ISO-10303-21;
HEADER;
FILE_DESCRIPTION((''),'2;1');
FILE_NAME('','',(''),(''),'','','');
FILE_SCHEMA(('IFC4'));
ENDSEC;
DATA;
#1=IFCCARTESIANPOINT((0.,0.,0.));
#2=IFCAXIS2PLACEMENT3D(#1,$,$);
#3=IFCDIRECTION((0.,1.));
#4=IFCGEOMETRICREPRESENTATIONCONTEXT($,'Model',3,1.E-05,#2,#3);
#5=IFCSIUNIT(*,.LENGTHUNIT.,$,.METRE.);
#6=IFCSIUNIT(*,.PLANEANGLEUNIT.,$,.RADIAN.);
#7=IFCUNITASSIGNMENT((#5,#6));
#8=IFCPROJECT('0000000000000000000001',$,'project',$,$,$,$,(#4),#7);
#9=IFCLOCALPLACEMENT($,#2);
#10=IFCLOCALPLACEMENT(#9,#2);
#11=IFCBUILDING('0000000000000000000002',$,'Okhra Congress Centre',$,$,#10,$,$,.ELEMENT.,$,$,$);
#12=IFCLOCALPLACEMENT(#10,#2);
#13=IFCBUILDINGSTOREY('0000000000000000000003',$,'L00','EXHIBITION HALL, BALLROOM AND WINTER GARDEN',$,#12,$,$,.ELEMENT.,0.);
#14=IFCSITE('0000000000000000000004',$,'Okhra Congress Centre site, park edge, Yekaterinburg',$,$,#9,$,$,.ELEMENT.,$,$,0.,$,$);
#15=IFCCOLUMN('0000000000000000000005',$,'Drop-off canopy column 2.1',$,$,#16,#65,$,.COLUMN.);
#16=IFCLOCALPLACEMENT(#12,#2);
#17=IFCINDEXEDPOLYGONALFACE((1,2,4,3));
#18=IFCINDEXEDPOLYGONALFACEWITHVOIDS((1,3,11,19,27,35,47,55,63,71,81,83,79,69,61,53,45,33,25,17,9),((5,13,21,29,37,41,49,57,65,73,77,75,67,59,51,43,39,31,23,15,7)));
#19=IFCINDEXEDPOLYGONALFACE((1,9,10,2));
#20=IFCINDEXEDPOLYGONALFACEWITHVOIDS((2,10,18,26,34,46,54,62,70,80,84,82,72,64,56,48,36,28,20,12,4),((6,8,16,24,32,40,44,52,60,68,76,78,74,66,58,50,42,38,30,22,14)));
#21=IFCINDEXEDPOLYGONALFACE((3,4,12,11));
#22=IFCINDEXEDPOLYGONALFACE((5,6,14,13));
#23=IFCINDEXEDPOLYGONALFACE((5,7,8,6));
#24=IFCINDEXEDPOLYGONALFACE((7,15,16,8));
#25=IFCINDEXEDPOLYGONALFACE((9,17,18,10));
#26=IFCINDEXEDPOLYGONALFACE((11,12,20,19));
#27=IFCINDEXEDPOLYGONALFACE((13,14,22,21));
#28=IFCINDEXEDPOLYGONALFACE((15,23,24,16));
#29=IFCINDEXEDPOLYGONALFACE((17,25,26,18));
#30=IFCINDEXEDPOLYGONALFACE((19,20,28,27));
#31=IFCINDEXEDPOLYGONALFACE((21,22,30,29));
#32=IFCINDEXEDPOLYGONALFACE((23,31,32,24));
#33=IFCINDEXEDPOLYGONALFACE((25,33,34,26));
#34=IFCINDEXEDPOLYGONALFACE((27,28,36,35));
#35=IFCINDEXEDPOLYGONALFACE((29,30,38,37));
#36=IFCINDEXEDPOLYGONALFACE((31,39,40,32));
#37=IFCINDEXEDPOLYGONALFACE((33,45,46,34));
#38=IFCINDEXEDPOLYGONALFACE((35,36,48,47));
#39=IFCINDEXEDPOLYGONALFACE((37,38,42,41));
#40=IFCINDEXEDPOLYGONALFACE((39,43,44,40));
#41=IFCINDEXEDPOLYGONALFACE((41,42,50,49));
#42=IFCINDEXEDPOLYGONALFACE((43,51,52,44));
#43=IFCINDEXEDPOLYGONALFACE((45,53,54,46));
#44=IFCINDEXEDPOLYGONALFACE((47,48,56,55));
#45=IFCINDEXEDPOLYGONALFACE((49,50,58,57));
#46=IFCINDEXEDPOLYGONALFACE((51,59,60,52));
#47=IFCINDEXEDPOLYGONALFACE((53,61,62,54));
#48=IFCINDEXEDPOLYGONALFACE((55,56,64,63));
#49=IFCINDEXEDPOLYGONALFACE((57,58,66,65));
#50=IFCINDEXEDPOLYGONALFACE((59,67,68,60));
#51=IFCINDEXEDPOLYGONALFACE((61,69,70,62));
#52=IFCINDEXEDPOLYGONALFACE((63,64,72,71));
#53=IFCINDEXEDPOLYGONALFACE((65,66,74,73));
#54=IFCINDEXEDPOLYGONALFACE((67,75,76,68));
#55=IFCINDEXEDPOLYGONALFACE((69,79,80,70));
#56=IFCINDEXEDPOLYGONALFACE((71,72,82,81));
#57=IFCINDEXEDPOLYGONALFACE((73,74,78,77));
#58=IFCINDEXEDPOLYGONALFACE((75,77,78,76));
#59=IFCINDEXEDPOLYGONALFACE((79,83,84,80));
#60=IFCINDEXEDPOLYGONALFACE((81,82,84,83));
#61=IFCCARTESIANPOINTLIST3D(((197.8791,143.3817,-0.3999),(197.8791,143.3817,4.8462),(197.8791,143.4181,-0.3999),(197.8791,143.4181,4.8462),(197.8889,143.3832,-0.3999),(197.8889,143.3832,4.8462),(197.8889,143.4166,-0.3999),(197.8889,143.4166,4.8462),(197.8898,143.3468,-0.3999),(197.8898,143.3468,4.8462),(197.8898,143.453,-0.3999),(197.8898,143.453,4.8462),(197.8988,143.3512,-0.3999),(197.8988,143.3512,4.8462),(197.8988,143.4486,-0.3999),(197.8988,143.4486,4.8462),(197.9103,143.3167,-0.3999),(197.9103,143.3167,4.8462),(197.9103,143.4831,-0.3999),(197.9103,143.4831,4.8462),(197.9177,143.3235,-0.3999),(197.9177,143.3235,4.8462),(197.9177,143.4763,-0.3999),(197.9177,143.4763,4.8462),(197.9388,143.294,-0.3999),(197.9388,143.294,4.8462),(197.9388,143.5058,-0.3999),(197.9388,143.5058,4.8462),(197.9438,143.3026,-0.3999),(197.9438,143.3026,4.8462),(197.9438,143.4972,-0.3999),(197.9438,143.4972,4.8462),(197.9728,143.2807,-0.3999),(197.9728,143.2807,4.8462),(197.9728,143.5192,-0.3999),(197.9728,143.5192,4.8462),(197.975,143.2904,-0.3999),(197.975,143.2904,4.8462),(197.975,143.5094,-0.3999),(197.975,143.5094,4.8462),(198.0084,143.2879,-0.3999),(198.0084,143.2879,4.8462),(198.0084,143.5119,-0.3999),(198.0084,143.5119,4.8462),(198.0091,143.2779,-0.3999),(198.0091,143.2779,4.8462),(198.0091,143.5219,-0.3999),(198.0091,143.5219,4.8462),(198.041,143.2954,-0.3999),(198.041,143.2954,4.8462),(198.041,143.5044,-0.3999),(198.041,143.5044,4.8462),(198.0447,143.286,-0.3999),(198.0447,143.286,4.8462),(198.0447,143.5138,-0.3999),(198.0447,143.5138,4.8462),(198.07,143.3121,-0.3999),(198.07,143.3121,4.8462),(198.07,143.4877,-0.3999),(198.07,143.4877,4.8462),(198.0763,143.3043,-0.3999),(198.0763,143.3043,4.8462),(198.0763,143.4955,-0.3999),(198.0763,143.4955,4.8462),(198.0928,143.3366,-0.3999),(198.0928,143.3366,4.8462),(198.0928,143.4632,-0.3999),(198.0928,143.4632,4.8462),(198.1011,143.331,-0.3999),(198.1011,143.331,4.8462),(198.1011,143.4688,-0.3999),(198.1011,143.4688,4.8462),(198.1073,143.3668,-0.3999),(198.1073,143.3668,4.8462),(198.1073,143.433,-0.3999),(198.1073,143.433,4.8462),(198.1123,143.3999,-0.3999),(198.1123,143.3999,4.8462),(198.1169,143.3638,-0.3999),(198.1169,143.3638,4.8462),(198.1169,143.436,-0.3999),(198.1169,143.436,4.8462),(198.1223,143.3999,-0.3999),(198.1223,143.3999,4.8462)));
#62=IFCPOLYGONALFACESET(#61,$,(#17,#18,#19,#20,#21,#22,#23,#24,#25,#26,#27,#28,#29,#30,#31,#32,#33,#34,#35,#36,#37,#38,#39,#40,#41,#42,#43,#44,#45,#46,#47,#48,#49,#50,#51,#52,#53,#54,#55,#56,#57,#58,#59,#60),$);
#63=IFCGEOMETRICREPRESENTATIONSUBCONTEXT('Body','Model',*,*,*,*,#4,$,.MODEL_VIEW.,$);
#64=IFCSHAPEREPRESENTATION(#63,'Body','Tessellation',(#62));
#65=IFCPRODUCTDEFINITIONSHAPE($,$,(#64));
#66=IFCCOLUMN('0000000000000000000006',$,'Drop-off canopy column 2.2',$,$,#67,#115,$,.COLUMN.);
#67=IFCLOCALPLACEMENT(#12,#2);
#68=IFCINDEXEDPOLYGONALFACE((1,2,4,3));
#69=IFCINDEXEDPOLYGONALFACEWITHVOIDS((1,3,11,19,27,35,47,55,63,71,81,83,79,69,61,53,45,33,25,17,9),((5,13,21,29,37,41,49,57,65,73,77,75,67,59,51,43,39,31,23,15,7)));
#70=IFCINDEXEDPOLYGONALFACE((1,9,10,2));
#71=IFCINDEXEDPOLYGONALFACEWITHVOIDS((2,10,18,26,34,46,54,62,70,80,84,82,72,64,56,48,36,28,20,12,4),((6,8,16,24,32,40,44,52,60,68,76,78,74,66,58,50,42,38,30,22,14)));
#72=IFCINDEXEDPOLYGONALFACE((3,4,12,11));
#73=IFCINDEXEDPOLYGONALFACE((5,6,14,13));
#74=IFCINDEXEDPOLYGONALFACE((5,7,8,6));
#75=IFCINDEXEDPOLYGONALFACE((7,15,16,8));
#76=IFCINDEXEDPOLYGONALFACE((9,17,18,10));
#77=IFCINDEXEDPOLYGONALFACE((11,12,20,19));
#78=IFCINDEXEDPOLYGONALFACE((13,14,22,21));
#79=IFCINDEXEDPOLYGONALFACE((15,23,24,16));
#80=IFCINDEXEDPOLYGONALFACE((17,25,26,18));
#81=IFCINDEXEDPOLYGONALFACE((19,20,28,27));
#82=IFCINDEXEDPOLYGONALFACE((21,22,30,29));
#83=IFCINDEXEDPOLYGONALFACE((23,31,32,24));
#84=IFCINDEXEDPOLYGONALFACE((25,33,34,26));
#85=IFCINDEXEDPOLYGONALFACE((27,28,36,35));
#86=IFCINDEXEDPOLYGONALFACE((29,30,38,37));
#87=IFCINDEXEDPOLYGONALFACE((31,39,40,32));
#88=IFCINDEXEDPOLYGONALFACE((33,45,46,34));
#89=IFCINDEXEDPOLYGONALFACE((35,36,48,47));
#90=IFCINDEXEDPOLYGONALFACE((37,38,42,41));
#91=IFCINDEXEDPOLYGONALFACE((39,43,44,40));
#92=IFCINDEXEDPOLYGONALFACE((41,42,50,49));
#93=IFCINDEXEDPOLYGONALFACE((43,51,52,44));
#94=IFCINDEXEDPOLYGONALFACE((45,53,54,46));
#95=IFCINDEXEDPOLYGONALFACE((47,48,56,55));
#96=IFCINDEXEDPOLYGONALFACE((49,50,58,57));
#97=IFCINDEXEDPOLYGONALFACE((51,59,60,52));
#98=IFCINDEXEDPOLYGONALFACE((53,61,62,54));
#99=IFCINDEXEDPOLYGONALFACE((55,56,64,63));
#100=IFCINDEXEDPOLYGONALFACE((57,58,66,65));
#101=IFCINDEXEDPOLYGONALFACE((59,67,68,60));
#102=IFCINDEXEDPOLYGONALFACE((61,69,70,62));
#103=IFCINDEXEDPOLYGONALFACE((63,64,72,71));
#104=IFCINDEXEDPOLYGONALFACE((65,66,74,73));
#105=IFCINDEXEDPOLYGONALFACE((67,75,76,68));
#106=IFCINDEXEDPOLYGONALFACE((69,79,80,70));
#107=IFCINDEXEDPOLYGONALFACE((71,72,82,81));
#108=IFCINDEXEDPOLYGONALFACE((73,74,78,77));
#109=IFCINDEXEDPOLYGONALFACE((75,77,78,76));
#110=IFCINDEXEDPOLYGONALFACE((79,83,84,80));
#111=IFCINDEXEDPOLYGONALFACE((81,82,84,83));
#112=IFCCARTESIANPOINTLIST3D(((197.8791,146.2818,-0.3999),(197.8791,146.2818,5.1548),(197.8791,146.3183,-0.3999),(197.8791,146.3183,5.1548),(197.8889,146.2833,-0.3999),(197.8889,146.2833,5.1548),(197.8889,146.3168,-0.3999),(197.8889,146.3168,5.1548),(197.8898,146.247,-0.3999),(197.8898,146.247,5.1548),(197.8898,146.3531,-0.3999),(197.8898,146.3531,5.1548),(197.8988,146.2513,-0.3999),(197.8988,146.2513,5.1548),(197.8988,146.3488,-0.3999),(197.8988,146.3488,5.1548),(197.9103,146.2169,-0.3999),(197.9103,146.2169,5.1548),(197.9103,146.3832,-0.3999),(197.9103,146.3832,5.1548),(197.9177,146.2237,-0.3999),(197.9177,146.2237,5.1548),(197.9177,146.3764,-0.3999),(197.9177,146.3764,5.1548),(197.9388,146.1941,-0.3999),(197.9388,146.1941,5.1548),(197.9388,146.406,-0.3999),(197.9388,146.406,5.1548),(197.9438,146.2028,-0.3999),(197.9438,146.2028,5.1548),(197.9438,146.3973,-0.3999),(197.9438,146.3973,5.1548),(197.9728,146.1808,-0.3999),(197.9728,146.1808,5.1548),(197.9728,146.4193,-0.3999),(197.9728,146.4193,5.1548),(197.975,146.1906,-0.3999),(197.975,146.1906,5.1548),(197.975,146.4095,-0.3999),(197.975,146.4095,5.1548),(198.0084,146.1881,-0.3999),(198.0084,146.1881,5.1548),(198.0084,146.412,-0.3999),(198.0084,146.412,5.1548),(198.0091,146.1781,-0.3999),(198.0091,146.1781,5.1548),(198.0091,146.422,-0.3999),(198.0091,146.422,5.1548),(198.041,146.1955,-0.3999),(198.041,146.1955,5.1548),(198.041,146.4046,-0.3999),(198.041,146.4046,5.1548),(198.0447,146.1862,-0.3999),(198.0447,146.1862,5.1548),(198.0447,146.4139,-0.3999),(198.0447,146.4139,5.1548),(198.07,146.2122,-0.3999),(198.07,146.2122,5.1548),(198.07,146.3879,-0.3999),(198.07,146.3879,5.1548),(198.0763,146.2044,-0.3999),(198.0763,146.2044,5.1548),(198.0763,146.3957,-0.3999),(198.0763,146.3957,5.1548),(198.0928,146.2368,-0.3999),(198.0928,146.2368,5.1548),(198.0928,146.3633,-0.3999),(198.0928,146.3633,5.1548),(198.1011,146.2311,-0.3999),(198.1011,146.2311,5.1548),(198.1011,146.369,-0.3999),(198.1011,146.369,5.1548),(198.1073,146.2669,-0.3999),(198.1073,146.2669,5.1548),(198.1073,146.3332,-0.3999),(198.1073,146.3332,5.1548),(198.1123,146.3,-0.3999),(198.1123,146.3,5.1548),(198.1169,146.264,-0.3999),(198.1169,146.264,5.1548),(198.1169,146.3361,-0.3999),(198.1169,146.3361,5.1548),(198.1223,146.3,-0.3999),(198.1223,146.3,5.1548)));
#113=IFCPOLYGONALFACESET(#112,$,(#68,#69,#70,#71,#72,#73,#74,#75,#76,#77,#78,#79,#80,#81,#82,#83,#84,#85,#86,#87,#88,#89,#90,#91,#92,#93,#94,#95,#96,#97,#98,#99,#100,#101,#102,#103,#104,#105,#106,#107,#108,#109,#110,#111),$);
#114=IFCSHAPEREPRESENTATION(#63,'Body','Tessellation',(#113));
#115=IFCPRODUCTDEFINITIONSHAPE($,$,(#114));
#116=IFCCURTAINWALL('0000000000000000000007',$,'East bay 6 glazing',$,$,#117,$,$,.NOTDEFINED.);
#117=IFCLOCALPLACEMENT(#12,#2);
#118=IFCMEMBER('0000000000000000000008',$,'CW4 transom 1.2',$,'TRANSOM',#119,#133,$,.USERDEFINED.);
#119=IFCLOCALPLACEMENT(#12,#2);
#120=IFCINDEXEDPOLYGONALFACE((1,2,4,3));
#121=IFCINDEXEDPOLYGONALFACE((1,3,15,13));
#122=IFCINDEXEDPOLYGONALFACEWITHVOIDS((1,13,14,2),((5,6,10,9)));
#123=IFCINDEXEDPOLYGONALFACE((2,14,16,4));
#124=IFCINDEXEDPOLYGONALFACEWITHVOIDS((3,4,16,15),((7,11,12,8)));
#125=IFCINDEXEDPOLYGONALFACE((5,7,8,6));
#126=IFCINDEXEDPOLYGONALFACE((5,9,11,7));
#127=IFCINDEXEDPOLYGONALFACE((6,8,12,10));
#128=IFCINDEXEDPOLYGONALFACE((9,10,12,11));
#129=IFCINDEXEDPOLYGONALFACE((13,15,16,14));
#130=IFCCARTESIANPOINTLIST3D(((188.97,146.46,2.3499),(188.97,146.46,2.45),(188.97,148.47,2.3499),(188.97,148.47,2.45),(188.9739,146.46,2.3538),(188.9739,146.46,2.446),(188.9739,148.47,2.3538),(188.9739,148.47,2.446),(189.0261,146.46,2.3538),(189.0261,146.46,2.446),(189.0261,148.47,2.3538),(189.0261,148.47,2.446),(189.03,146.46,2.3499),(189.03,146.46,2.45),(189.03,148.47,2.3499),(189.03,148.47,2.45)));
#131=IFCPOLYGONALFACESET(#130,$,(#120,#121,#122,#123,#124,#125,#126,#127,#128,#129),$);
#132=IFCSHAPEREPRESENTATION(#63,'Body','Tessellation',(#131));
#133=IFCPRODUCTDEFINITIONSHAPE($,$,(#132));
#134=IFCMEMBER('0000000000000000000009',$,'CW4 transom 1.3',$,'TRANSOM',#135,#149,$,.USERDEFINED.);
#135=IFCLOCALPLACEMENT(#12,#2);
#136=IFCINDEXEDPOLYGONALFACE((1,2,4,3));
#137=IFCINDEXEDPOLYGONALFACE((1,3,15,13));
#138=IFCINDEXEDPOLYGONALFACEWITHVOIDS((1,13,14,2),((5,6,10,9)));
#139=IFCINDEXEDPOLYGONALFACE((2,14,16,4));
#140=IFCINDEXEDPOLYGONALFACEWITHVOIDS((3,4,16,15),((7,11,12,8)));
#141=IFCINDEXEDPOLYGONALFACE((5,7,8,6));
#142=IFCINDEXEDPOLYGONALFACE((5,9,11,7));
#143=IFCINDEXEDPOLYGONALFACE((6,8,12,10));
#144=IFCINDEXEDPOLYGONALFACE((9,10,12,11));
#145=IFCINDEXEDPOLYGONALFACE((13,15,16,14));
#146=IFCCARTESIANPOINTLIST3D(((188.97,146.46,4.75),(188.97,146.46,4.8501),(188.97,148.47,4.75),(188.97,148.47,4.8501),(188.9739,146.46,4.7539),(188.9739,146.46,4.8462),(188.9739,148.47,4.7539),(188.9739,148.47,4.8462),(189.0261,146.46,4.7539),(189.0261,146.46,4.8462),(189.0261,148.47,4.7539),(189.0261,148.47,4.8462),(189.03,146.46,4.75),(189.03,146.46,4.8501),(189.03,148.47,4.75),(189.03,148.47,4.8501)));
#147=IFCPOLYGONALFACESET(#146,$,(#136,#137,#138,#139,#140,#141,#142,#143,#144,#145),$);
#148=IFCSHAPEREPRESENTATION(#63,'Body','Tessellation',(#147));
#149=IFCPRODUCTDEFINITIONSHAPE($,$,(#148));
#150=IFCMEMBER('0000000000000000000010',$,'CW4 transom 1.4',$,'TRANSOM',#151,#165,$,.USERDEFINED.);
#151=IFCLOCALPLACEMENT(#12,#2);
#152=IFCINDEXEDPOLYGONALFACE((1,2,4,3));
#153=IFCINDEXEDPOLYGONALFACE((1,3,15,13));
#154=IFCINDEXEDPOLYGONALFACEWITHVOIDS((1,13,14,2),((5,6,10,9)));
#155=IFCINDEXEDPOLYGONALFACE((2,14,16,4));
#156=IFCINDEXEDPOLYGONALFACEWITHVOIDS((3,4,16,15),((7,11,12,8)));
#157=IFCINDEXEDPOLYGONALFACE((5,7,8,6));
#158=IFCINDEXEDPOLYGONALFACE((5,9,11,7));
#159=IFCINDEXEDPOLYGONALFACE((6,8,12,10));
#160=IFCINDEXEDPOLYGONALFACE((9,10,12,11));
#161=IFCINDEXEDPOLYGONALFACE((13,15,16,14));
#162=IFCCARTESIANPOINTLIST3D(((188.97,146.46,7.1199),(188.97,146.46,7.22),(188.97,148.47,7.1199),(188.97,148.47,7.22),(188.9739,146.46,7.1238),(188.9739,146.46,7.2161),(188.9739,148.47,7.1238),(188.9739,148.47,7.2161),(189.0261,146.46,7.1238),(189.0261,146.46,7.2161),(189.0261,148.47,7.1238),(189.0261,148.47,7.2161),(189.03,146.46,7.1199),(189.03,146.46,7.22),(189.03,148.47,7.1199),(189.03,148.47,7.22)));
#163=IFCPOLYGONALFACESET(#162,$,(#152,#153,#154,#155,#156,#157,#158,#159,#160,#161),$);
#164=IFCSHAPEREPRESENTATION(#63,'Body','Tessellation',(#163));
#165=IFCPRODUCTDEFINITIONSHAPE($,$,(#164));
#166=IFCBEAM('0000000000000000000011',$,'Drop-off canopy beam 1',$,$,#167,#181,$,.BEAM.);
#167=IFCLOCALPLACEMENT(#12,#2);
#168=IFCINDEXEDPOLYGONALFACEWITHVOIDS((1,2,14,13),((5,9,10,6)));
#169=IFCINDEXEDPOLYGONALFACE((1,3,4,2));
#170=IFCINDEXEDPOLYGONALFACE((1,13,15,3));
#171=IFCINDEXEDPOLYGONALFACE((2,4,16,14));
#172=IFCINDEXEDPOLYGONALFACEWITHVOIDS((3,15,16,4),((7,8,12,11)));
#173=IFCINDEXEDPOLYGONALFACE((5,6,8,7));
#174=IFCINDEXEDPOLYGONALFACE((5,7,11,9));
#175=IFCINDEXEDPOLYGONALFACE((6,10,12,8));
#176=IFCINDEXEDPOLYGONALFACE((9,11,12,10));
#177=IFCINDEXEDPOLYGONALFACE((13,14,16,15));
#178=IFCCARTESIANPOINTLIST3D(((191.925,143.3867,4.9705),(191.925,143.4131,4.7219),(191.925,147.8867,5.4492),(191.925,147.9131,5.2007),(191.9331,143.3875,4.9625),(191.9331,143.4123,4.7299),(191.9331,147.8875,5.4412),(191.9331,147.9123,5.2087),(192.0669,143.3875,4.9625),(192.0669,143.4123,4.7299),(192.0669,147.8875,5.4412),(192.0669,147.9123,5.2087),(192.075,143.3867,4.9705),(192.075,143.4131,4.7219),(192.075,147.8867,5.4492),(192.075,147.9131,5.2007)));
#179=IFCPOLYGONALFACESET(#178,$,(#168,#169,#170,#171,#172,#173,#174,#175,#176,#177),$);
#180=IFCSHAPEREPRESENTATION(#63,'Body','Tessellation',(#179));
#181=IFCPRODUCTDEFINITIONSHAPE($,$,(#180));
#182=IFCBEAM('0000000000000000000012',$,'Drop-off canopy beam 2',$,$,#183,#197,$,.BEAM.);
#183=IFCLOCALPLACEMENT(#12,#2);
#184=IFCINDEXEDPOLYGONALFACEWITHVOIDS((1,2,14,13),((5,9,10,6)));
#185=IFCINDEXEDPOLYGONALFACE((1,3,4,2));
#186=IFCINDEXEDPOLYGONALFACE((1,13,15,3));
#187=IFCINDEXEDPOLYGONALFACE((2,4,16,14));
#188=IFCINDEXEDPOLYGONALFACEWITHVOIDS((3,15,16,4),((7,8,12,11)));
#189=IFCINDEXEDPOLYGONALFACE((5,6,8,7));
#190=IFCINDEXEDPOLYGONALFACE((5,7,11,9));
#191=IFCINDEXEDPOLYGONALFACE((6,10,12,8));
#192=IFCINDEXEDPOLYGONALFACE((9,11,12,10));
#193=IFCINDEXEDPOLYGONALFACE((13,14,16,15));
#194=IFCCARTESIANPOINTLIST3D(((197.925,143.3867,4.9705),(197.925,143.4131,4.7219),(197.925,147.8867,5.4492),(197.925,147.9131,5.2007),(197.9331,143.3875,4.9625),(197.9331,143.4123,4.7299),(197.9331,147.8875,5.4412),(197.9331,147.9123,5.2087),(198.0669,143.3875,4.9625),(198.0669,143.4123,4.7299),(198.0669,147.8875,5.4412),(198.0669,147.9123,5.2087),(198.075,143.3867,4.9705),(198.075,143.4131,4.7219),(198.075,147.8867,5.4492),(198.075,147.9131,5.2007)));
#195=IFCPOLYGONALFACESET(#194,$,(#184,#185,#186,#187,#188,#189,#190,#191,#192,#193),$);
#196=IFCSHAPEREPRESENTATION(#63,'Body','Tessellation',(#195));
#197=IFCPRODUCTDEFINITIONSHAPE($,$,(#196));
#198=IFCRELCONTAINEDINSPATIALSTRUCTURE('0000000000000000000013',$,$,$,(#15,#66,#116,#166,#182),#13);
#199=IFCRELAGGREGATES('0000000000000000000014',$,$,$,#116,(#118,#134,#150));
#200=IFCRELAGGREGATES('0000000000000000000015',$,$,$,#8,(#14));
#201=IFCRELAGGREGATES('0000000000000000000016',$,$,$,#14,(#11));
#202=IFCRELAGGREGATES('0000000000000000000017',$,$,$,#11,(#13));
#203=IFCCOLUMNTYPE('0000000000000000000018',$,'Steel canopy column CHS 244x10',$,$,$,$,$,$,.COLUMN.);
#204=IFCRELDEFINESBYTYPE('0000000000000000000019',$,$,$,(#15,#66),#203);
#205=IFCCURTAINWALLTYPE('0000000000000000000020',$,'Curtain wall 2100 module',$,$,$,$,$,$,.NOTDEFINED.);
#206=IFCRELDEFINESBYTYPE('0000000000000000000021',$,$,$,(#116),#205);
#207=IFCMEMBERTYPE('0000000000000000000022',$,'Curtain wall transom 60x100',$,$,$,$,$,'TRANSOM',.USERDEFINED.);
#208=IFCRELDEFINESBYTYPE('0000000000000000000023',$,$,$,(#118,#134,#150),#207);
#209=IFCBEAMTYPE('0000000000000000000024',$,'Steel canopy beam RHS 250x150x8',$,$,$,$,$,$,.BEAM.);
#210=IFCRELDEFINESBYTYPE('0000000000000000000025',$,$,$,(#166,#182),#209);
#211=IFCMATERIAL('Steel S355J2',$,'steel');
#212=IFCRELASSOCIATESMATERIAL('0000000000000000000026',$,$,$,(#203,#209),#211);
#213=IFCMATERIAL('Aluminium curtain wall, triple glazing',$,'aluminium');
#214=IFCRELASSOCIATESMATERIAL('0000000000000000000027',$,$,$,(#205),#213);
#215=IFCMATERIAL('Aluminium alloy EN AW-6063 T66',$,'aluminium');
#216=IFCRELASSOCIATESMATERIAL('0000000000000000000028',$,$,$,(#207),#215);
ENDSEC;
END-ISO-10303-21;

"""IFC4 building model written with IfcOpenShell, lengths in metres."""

from ifc_helpers import new_model, si_unit, direction, frame, origin, origin_2d, place, context, subcontext, project, spatial, hollow_rectangle, hollow_circle, extrude, material, material_profile, profile_set, type_object, element, aggregate, save


model = new_model("IFC4")

# Units and contexts
model_context = context("Model", 3, precision=1e-05, world=origin(), true_north=direction((0.0, 1.0)))
body_context = subcontext(model_context, "Body", "Model", "MODEL_VIEW")
ifc_project = project(units=[si_unit("LENGTHUNIT", "METRE"), si_unit("PLANEANGLEUNIT", "RADIAN")], contexts=[model_context])

# Site, building, storey
site_placement = place(None, origin())
site = spatial("IfcSite", under=ifc_project, at=site_placement, Name="Okhra Congress Centre site, park edge, Yekaterinburg", CompositionType="ELEMENT", RefElevation=0.0)
building_placement = place(site_placement, origin())
building = spatial("IfcBuilding", under=site, at=building_placement, Name="Okhra Congress Centre", CompositionType="ELEMENT")
storey_placement = place(building_placement, origin())
storey = spatial("IfcBuildingStorey", under=building, at=storey_placement, Name="L00", Description="EXHIBITION HALL, BALLROOM AND WINTER GARDEN", CompositionType="ELEMENT", Elevation=0.0)

# Columns
ifc_material_1 = material(Name="Steel S355J2", Category="steel")
ifc_material_profile_1 = material_profile(ifc_material_1, hollow_circle(Radius=0.1223, WallThickness=0.01, at=origin_2d()), Name="CHS 244.5x10")
ifc_profile_set_1 = profile_set([ifc_material_profile_1], Name="Steel S355J2")
column_type = type_object("IfcColumnType", Name="Steel canopy column CHS 244x10", PredefinedType="COLUMN", material=ifc_profile_set_1)
column_1_placement = place(storey_placement, frame((198.0, 143.3999, -0.3999), z_axis=(0.0, 0.0, 1.0), x_axis=(1.0, 0.0, 0.0)))
element("IfcColumn", 1, at=column_1_placement, inside=storey, type_object=column_type, Name="Drop-off canopy column 2.1", PredefinedType="COLUMN", context=body_context, shape_type="SweptSolid", body=[
    extrude(hollow_circle(Radius=0.1223, WallThickness=0.01, at=origin_2d()), origin(), (0.0, 0.0, 1.0), 5.2461),
])
column_2_placement = place(storey_placement, frame((198.0, 146.3, -0.3999), z_axis=(0.0, 0.0, 1.0), x_axis=(1.0, 0.0, 0.0)))
element("IfcColumn", 2, at=column_2_placement, inside=storey, type_object=column_type, Name="Drop-off canopy column 2.2", PredefinedType="COLUMN", context=body_context, shape_type="SweptSolid", body=[
    extrude(hollow_circle(Radius=0.1223, WallThickness=0.01, at=origin_2d()), origin(), (0.0, 0.0, 1.0), 5.5547),
])

# Curtain wall, members
ifc_material_2 = material(Name="Aluminium curtain wall, triple glazing", Category="aluminium")
curtain_wall_type = type_object("IfcCurtainWallType", Name="Curtain wall 2100 module", PredefinedType="NOTDEFINED", material=ifc_material_2)
curtain_wall_placement = place(storey_placement, origin())
curtain_wall = element("IfcCurtainWall", 3, at=curtain_wall_placement, inside=storey, type_object=curtain_wall_type, Name="East bay 6 glazing", PredefinedType="NOTDEFINED")
ifc_material_3 = material(Name="Aluminium alloy EN AW-6063 T66", Category="aluminium")
ifc_material_profile_2 = material_profile(ifc_material_3, hollow_rectangle(XDim=0.0601, YDim=0.1001, WallThickness=0.0039, at=origin_2d()), Name="RHS 60x100x4")
ifc_profile_set_2 = profile_set([ifc_material_profile_2], Name="Aluminium alloy EN AW-6063 T66")
member_type = type_object("IfcMemberType", Name="Curtain wall transom 60x100", ElementType="TRANSOM", PredefinedType="USERDEFINED", material=ifc_profile_set_2)
member_1_placement = place(storey_placement, frame((189.0, 146.46, 2.3999), z_axis=(0.0, 1.0, 0.0), x_axis=(-1.0, 0.0, 0.0)))
member_1 = element("IfcMember", 4, at=member_1_placement, type_object=member_type, Name="CW4 transom 1.2", ObjectType="TRANSOM", PredefinedType="USERDEFINED", context=body_context, shape_type="SweptSolid", body=[
    extrude(hollow_rectangle(XDim=0.0601, YDim=0.1001, WallThickness=0.0039, at=origin_2d()), origin(), (0.0, 0.0, 1.0), 2.01),
])
member_2_placement = place(storey_placement, frame((189.0, 146.46, 4.8), z_axis=(0.0, 1.0, 0.0), x_axis=(-1.0, 0.0, 0.0)))
member_2 = element("IfcMember", 5, at=member_2_placement, type_object=member_type, Name="CW4 transom 1.3", ObjectType="TRANSOM", PredefinedType="USERDEFINED", context=body_context, shape_type="SweptSolid", body=[
    extrude(hollow_rectangle(XDim=0.0601, YDim=0.1001, WallThickness=0.0039, at=origin_2d()), origin(), (0.0, 0.0, 1.0), 2.01),
])
member_3_placement = place(storey_placement, frame((189.0, 146.46, 7.1699), z_axis=(0.0, 1.0, 0.0), x_axis=(-1.0, 0.0, 0.0)))
member_3 = element("IfcMember", 6, at=member_3_placement, type_object=member_type, Name="CW4 transom 1.4", ObjectType="TRANSOM", PredefinedType="USERDEFINED", context=body_context, shape_type="SweptSolid", body=[
    extrude(hollow_rectangle(XDim=0.0601, YDim=0.1001, WallThickness=0.0039, at=origin_2d()), origin(), (0.0, 0.0, 1.0), 2.01),
])

# Beams
ifc_material_profile_3 = material_profile(ifc_material_1, hollow_rectangle(XDim=0.1499, YDim=0.25, WallThickness=0.0081, at=origin_2d()), Name="RHS 250x150x8")
ifc_profile_set_3 = profile_set([ifc_material_profile_3], Name="Steel S355J2")
beam_type_1 = type_object("IfcBeamType", Name="Steel canopy beam RHS 250x150x8", PredefinedType="BEAM", material=ifc_profile_set_3)
for number, where, z_axis, x_axis, name in (
    (7, (192.0, 143.3999, 4.8462), (0.0, 0.994388, 0.105794), (-1.0, 0.0, 0.0), "Drop-off canopy beam 1"),
    (8, (198.0, 143.3999, 4.8462), (0.0, 0.994388, 0.105794), (-1.0, 0.0, 0.0), "Drop-off canopy beam 2"),
):
    element("IfcBeam", number, at=place(storey_placement, frame(where, z_axis=z_axis, x_axis=x_axis)), inside=storey, type_object=beam_type_1, Name=name, PredefinedType="BEAM", context=body_context, shape_type="SweptSolid", body=[
        extrude(hollow_rectangle(XDim=0.1499, YDim=0.25, WallThickness=0.0081, at=origin_2d()), origin(), (0.0, 0.0, 1.0), 4.5254),
    ])

aggregate(curtain_wall, [member_1, member_2, member_3])

save(model, "model.ifc")
